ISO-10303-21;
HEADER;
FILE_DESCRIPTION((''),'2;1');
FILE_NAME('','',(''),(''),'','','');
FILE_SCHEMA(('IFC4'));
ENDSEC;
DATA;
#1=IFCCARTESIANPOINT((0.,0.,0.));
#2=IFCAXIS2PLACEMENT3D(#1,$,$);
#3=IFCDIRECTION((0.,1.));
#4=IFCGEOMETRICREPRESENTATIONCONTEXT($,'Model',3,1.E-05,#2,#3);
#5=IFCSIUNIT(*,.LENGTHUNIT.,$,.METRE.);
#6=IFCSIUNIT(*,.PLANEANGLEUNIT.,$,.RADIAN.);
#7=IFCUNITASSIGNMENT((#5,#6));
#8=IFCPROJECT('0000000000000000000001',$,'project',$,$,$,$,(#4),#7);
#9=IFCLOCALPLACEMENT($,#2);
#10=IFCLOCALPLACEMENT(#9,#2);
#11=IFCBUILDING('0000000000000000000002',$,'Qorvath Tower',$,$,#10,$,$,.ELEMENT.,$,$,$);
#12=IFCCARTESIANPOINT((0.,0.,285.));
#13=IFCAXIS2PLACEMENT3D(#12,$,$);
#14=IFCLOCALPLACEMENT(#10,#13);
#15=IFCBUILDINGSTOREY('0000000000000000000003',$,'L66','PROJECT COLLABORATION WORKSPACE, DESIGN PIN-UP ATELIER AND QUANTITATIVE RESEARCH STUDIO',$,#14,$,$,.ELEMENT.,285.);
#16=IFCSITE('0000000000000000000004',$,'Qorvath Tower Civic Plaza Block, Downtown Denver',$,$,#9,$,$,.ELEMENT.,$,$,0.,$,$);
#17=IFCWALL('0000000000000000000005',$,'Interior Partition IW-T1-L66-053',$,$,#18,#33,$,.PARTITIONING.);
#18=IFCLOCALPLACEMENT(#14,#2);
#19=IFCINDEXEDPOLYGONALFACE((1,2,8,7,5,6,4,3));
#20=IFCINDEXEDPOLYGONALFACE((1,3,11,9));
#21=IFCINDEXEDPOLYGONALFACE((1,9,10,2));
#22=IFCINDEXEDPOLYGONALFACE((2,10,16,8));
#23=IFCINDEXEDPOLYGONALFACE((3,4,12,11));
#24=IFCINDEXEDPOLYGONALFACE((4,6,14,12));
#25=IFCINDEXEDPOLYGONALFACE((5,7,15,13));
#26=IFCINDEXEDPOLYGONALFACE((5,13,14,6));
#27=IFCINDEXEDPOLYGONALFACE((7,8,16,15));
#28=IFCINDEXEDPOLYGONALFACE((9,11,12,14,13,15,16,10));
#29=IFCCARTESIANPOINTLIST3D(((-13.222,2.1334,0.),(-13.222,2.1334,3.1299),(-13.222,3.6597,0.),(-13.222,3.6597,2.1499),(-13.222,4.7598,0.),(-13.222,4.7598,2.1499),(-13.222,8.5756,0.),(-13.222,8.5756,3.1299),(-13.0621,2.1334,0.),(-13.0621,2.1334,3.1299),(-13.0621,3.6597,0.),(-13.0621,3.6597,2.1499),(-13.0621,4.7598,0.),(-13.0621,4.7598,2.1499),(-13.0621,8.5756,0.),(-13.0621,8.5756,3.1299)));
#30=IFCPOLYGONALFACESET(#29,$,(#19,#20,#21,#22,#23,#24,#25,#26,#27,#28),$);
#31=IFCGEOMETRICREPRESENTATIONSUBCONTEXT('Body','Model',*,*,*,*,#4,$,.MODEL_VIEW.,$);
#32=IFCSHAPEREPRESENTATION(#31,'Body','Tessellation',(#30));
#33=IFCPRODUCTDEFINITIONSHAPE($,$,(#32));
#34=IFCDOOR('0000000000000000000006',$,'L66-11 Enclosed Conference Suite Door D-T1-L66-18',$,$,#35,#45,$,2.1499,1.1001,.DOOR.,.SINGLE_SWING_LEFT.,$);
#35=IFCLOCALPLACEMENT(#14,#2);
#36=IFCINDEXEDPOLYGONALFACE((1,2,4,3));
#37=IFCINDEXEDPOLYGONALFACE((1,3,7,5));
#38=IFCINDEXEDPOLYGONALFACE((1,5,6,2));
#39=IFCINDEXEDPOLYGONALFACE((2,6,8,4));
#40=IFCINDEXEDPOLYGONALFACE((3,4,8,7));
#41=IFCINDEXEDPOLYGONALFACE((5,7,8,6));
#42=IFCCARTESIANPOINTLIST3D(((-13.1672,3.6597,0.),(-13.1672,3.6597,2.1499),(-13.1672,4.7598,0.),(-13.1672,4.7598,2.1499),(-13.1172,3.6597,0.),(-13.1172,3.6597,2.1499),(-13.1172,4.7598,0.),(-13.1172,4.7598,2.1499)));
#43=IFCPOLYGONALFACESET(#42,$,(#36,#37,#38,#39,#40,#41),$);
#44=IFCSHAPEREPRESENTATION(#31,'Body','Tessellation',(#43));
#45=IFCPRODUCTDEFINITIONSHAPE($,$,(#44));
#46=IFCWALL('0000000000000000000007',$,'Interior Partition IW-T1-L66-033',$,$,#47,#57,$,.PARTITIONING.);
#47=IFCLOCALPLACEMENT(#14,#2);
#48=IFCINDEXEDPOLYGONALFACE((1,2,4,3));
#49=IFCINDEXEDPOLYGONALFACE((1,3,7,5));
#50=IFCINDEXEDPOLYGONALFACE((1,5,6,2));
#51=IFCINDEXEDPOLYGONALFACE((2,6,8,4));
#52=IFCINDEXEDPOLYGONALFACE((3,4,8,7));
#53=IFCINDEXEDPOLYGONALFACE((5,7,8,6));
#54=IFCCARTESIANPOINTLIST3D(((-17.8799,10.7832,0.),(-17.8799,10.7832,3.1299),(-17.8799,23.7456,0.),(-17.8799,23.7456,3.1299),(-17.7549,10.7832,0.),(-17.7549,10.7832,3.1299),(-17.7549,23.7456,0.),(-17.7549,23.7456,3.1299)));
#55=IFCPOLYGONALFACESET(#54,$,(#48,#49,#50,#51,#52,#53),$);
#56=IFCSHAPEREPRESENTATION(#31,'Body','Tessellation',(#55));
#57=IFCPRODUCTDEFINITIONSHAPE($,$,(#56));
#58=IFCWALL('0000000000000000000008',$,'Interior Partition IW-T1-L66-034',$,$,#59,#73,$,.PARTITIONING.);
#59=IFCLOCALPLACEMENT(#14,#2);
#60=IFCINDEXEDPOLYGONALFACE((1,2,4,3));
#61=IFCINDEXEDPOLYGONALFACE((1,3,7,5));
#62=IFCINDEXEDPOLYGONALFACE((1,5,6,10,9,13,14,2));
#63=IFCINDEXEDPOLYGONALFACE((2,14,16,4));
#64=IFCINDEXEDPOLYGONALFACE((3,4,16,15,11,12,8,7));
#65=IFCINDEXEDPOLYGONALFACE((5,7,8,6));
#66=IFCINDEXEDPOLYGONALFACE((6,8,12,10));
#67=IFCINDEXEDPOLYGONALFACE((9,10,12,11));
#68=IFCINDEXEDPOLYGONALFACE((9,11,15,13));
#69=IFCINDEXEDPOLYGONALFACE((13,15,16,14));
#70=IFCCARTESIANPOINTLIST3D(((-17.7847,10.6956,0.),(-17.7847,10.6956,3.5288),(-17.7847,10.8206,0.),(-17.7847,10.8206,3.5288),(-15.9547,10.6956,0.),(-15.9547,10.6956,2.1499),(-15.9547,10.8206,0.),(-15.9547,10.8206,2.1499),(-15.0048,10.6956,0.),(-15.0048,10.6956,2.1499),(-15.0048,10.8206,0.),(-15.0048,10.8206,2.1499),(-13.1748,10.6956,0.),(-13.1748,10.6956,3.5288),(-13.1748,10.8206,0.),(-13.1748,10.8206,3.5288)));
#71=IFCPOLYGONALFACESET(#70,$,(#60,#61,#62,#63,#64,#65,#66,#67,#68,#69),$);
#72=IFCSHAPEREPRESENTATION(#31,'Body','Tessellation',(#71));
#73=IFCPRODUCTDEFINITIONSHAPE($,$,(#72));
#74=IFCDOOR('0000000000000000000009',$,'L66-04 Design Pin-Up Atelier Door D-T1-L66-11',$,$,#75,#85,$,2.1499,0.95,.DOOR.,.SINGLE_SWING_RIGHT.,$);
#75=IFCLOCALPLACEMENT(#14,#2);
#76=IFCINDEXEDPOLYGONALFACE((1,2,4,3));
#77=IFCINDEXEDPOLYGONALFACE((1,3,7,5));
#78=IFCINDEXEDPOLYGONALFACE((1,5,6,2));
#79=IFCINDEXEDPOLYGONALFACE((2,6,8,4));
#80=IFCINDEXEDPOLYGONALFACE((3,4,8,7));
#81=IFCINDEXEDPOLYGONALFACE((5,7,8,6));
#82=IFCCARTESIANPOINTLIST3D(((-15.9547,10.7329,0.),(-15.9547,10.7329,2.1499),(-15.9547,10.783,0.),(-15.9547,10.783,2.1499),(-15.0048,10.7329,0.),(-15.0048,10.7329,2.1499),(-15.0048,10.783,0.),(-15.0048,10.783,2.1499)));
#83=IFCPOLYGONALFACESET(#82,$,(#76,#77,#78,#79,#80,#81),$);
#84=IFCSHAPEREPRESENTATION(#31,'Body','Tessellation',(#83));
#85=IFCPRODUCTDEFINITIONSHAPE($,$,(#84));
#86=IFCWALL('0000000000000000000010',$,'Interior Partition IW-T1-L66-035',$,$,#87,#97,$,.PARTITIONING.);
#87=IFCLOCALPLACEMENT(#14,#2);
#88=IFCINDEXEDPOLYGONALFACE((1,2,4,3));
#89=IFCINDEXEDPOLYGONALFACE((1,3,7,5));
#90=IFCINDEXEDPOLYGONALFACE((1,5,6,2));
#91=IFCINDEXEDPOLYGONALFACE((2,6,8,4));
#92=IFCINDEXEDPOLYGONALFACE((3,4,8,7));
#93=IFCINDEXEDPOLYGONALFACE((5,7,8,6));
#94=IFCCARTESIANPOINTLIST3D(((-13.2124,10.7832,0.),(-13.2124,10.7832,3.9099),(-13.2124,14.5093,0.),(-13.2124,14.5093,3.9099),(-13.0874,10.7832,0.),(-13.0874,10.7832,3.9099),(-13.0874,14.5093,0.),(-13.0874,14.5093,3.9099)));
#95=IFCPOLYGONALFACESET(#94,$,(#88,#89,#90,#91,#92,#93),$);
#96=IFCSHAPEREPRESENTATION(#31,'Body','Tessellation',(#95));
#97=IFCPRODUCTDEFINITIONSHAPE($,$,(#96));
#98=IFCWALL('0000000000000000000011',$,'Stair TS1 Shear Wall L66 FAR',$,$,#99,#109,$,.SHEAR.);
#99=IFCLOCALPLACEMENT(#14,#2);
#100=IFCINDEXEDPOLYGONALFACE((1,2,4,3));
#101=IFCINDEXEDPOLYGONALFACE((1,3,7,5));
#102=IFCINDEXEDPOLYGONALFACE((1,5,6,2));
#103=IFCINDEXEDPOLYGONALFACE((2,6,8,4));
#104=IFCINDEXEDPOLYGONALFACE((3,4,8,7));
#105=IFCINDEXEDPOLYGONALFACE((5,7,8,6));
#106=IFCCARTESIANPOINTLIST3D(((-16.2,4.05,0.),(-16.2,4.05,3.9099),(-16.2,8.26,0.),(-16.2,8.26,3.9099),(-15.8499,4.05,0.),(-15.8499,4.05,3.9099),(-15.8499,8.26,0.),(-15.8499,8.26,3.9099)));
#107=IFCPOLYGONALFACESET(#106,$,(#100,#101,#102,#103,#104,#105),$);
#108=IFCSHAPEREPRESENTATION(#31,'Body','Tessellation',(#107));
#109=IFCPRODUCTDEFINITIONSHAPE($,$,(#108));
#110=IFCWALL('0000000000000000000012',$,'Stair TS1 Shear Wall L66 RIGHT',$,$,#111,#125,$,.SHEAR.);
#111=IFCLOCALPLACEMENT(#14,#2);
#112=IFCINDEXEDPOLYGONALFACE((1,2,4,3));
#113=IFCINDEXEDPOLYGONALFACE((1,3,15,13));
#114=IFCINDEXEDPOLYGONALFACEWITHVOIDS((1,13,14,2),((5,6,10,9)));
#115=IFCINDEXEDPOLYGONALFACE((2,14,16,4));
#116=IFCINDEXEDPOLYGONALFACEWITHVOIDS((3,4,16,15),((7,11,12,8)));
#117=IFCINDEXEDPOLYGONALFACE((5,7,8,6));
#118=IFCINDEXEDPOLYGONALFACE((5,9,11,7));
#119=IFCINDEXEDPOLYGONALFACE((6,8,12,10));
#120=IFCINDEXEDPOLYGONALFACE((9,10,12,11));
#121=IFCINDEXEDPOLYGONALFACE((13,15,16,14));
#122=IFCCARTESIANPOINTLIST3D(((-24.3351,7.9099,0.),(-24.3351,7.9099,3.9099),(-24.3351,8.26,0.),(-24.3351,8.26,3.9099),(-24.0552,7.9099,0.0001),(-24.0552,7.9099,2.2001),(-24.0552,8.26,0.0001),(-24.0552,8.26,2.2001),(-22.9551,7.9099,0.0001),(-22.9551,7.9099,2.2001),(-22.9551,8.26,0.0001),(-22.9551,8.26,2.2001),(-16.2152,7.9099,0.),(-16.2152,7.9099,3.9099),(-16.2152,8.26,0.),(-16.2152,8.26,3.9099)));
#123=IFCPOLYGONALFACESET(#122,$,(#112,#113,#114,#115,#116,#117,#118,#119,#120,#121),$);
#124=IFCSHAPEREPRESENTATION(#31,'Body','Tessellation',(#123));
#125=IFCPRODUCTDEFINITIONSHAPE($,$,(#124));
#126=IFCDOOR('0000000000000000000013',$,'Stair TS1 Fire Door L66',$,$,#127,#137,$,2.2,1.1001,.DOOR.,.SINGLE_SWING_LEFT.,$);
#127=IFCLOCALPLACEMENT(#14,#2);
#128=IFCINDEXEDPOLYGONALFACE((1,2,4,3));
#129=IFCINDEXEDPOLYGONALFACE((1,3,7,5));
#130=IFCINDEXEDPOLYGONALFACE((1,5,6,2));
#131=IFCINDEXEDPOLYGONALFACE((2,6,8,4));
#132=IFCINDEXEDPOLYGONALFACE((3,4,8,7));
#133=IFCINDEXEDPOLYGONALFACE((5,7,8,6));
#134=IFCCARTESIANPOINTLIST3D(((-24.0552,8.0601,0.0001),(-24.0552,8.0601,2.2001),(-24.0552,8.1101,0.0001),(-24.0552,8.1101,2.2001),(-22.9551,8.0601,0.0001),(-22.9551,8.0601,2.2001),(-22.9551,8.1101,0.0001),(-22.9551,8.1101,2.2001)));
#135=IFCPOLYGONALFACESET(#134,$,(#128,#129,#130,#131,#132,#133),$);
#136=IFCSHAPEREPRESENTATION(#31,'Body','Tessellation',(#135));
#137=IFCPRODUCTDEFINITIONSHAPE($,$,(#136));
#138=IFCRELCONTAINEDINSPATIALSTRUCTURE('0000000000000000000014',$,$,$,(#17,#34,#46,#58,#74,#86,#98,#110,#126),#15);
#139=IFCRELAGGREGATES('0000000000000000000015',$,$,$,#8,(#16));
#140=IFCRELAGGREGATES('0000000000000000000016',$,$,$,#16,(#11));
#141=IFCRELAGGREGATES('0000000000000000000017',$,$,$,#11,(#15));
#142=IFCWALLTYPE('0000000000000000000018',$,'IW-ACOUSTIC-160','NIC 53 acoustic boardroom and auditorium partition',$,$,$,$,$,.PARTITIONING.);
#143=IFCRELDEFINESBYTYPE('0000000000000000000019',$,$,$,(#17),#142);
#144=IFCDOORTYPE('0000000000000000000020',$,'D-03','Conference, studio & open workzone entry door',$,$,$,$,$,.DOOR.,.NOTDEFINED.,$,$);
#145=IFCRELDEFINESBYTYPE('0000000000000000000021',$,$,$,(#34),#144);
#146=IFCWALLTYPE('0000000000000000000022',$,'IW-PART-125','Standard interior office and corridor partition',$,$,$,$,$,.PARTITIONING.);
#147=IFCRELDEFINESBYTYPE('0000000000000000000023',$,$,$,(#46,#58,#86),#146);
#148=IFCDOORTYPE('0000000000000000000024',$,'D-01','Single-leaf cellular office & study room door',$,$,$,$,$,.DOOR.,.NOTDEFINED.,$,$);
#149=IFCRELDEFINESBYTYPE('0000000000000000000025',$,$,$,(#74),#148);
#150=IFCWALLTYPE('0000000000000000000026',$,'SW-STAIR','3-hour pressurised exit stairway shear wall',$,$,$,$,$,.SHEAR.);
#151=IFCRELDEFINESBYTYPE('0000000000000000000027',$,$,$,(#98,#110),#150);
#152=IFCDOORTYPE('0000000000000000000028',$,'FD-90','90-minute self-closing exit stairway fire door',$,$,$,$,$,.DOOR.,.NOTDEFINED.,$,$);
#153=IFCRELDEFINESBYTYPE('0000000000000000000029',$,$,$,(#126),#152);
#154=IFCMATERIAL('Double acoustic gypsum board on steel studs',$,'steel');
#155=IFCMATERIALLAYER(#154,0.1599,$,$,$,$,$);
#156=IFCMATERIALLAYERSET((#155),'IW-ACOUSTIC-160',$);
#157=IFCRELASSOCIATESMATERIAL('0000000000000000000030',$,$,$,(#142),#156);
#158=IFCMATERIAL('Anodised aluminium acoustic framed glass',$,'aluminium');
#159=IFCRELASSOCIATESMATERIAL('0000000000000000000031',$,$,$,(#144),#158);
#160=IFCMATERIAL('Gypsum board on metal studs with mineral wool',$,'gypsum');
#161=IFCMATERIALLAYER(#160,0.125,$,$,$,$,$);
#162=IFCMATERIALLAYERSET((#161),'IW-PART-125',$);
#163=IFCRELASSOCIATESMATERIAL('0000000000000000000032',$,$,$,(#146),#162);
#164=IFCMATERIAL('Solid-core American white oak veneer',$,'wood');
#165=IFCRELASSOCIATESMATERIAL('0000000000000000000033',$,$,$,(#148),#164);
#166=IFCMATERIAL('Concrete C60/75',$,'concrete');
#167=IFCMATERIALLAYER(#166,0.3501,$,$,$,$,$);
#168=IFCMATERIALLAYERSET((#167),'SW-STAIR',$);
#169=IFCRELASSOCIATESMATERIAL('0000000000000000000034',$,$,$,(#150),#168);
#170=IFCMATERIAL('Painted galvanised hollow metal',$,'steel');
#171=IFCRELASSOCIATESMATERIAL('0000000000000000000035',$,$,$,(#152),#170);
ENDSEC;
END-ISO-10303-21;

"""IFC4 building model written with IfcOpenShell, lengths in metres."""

from ifc_helpers import new_model, si_unit, direction, frame, frame_2d, origin, place, context, subcontext, project, spatial, rectangle, extrude, material, layer, layer_set, type_object, element, fill, save


model = new_model("IFC4")

# Units and contexts
model_context = context("Model", 3, precision=1e-05, world=origin(), true_north=direction((0.0, 1.0)))
body_context = subcontext(model_context, "Body", "Model", "MODEL_VIEW")
ifc_project = project(units=[si_unit("LENGTHUNIT", "METRE"), si_unit("PLANEANGLEUNIT", "RADIAN")], contexts=[model_context])

# Site, building, storey
site_placement = place(None, origin())
site = spatial("IfcSite", under=ifc_project, at=site_placement, Name="Qorvath Tower Civic Plaza Block, Downtown Denver", CompositionType="ELEMENT", RefElevation=0.0)
building_placement = place(site_placement, origin())
building = spatial("IfcBuilding", under=site, at=building_placement, Name="Qorvath Tower", CompositionType="ELEMENT")
storey_placement = place(building_placement, frame((0.0, 0.0, 285.0)))
storey = spatial("IfcBuildingStorey", under=building, at=storey_placement, Name="L66", Description="PROJECT COLLABORATION WORKSPACE, DESIGN PIN-UP ATELIER AND QUANTITATIVE RESEARCH STUDIO", CompositionType="ELEMENT", Elevation=285.0)

# Shared definitions
ifc_material_1 = material(Name="Double acoustic gypsum board on steel studs", Category="steel")
ifc_layer_1 = layer(ifc_material_1, 0.1599)
ifc_layer_set_1 = layer_set([ifc_layer_1], Name="IW-ACOUSTIC-160")
wall_type_1 = type_object("IfcWallType", Name="IW-ACOUSTIC-160", Description="NIC 53 acoustic boardroom and auditorium partition", PredefinedType="PARTITIONING", material=ifc_layer_set_1)

# Wall, opening, door
wall_1_placement = place(storey_placement, frame((-13.1421, 8.5757, 0.0), z_axis=(0.0, 0.0, 1.0), x_axis=(0.0, -1.0, 0.0)))
wall_1 = element("IfcWall", 1, at=wall_1_placement, inside=storey, type_object=wall_type_1, Name="Interior Partition IW-T1-L66-053", PredefinedType="PARTITIONING", context=body_context, shape_type="SweptSolid", body=[
    extrude(rectangle(XDim=6.4421, YDim=0.1599, at=frame_2d((3.2212, 0.0))), origin(), (0.0, 0.0, 1.0), 3.1299),
])
opening_1_placement = place(wall_1_placement, frame((3.8159, 0.0, 0.0)))
opening_1 = element("IfcOpeningElement", 2, at=opening_1_placement, cuts=wall_1, PredefinedType="OPENING", context=body_context, shape_type="SweptSolid", body=[
    extrude(rectangle(XDim=1.1001, YDim=2.1499, at=frame_2d((0.55, 1.075))), frame((0.0, 0.0898, 0.0), z_axis=(0.0, -1.0, 0.0), x_axis=(1.0, 0.0, 0.0)), (0.0, 0.0, 1.0), 0.1799),
])
ifc_material_2 = material(Name="Anodised aluminium acoustic framed glass", Category="aluminium")
door_type_1 = type_object("IfcDoorType", Name="D-03", Description="Conference, studio & open workzone entry door", OperationType="NOTDEFINED", PredefinedType="DOOR", material=ifc_material_2)
door_1_placement = place(opening_1_placement, origin())
door_1 = element("IfcDoor", 3, at=door_1_placement, inside=storey, type_object=door_type_1, Name="L66-11 Enclosed Conference Suite Door D-T1-L66-18", OperationType="SINGLE_SWING_LEFT", OverallHeight=2.1499, OverallWidth=1.1001, PredefinedType="DOOR", context=body_context, shape_type="SweptSolid", body=[
    extrude(rectangle(XDim=1.1001, YDim=2.1499, at=frame_2d((0.55, 1.075))), frame((0.0, 0.0249, 0.0), z_axis=(0.0, -1.0, 0.0), x_axis=(1.0, 0.0, 0.0)), (0.0, 0.0, 1.0), 0.05),
])
fill(opening_1, door_1)

# Wall
ifc_material_3 = material(Name="Gypsum board on metal studs with mineral wool", Category="gypsum")
ifc_layer_2 = layer(ifc_material_3, 0.125)
ifc_layer_set_2 = layer_set([ifc_layer_2], Name="IW-PART-125")
wall_type_2 = type_object("IfcWallType", Name="IW-PART-125", Description="Standard interior office and corridor partition", PredefinedType="PARTITIONING", material=ifc_layer_set_2)
wall_2_placement = place(storey_placement, frame((-17.8174, 10.7832, 0.0), z_axis=(0.0, 0.0, 1.0), x_axis=(0.0, 1.0, 0.0)))
element("IfcWall", 4, at=wall_2_placement, inside=storey, type_object=wall_type_2, Name="Interior Partition IW-T1-L66-033", PredefinedType="PARTITIONING", context=body_context, shape_type="SweptSolid", body=[
    extrude(rectangle(XDim=12.9624, YDim=0.125, at=frame_2d((6.4812, 0.0))), origin(), (0.0, 0.0, 1.0), 3.1299),
])

# Wall, opening, door
wall_3_placement = place(storey_placement, frame((-17.7847, 10.7581, 0.0), z_axis=(0.0, 0.0, 1.0), x_axis=(1.0, 0.0, 0.0)))
wall_3 = element("IfcWall", 5, at=wall_3_placement, inside=storey, type_object=wall_type_2, Name="Interior Partition IW-T1-L66-034", PredefinedType="PARTITIONING", context=body_context, shape_type="SweptSolid", body=[
    extrude(rectangle(XDim=4.6099, YDim=0.125, at=frame_2d((2.3049, 0.0))), origin(), (0.0, 0.0, 1.0), 3.5288),
])
opening_2_placement = place(wall_3_placement, frame((1.8298, 0.0, 0.0)))
opening_2 = element("IfcOpeningElement", 6, at=opening_2_placement, cuts=wall_3, PredefinedType="OPENING", context=body_context, shape_type="SweptSolid", body=[
    extrude(rectangle(XDim=0.95, YDim=2.1499, at=frame_2d((0.4751, 1.075))), frame((0.0, 0.0725, 0.0), z_axis=(0.0, -1.0, 0.0), x_axis=(1.0, 0.0, 0.0)), (0.0, 0.0, 1.0), 0.145),
])
ifc_material_4 = material(Name="Solid-core American white oak veneer", Category="wood")
door_type_2 = type_object("IfcDoorType", Name="D-01", Description="Single-leaf cellular office & study room door", OperationType="NOTDEFINED", PredefinedType="DOOR", material=ifc_material_4)
door_2_placement = place(opening_2_placement, origin())
door_2 = element("IfcDoor", 7, at=door_2_placement, inside=storey, type_object=door_type_2, Name="L66-04 Design Pin-Up Atelier Door D-T1-L66-11", OperationType="SINGLE_SWING_RIGHT", OverallHeight=2.1499, OverallWidth=0.95, PredefinedType="DOOR", context=body_context, shape_type="SweptSolid", body=[
    extrude(rectangle(XDim=0.95, YDim=2.1499, at=frame_2d((0.4751, 1.075))), frame((0.0, 0.0249, 0.0), z_axis=(0.0, -1.0, 0.0), x_axis=(1.0, 0.0, 0.0)), (0.0, 0.0, 1.0), 0.05),
])
fill(opening_2, door_2)

# Wall
wall_4_placement = place(storey_placement, frame((-13.1499, 10.7832, 0.0), z_axis=(0.0, 0.0, 1.0), x_axis=(0.0, 1.0, 0.0)))
element("IfcWall", 8, at=wall_4_placement, inside=storey, type_object=wall_type_2, Name="Interior Partition IW-T1-L66-035", PredefinedType="PARTITIONING", context=body_context, shape_type="SweptSolid", body=[
    extrude(rectangle(XDim=3.7261, YDim=0.125, at=frame_2d((1.863, 0.0))), origin(), (0.0, 0.0, 1.0), 3.9099),
])

# Wall
ifc_material_5 = material(Name="Concrete C60/75", Category="concrete")
ifc_layer_3 = layer(ifc_material_5, 0.3501)
ifc_layer_set_3 = layer_set([ifc_layer_3], Name="SW-STAIR")
wall_type_3 = type_object("IfcWallType", Name="SW-STAIR", Description="3-hour pressurised exit stairway shear wall", PredefinedType="SHEAR", material=ifc_layer_set_3)
wall_5_placement = place(storey_placement, frame((-16.0249, 4.05, 0.0), z_axis=(0.0, 0.0, 1.0), x_axis=(0.0, 1.0, 0.0)))
element("IfcWall", 9, at=wall_5_placement, inside=storey, type_object=wall_type_3, Name="Stair TS1 Shear Wall L66 FAR", PredefinedType="SHEAR", context=body_context, shape_type="SweptSolid", body=[
    extrude(rectangle(XDim=4.21, YDim=0.3501, at=frame_2d((2.105, 0.0))), origin(), (0.0, 0.0, 1.0), 3.9099),
])

# Wall, opening, door
wall_6_placement = place(storey_placement, frame((-16.2151, 8.085, 0.0), z_axis=(0.0, 0.0, 1.0), x_axis=(-1.0, 0.0, 0.0)))
wall_6 = element("IfcWall", 10, at=wall_6_placement, inside=storey, type_object=wall_type_3, Name="Stair TS1 Shear Wall L66 RIGHT", PredefinedType="SHEAR", context=body_context, shape_type="SweptSolid", body=[
    extrude(rectangle(XDim=8.1199, YDim=0.3501, at=frame_2d((4.0601, 0.0))), origin(), (0.0, 0.0, 1.0), 3.9099),
])
opening_3_placement = place(wall_6_placement, frame((6.74, 0.0, 0.0)))
opening_3 = element("IfcOpeningElement", 11, at=opening_3_placement, cuts=wall_6, PredefinedType="OPENING", context=body_context, shape_type="SweptSolid", body=[
    extrude(rectangle(XDim=1.1001, YDim=2.2, at=frame_2d((0.55, 1.1001))), frame((0.0, 0.1851, 0.0), z_axis=(0.0, -1.0, 0.0), x_axis=(1.0, 0.0, 0.0)), (0.0, 0.0, 1.0), 0.3701),
])
ifc_material_6 = material(Name="Painted galvanised hollow metal", Category="steel")
door_type_3 = type_object("IfcDoorType", Name="FD-90", Description="90-minute self-closing exit stairway fire door", OperationType="NOTDEFINED", PredefinedType="DOOR", material=ifc_material_6)
door_3_placement = place(opening_3_placement, origin())
door_3 = element("IfcDoor", 12, at=door_3_placement, inside=storey, type_object=door_type_3, Name="Stair TS1 Fire Door L66", OperationType="SINGLE_SWING_LEFT", OverallHeight=2.2, OverallWidth=1.1001, PredefinedType="DOOR", context=body_context, shape_type="SweptSolid", body=[
    extrude(rectangle(XDim=1.1001, YDim=2.2, at=frame_2d((0.55, 1.1001))), frame((0.0, 0.0249, 0.0), z_axis=(0.0, -1.0, 0.0), x_axis=(1.0, 0.0, 0.0)), (0.0, 0.0, 1.0), 0.05),
])
fill(opening_3, door_3)

save(model, "model.ifc")
